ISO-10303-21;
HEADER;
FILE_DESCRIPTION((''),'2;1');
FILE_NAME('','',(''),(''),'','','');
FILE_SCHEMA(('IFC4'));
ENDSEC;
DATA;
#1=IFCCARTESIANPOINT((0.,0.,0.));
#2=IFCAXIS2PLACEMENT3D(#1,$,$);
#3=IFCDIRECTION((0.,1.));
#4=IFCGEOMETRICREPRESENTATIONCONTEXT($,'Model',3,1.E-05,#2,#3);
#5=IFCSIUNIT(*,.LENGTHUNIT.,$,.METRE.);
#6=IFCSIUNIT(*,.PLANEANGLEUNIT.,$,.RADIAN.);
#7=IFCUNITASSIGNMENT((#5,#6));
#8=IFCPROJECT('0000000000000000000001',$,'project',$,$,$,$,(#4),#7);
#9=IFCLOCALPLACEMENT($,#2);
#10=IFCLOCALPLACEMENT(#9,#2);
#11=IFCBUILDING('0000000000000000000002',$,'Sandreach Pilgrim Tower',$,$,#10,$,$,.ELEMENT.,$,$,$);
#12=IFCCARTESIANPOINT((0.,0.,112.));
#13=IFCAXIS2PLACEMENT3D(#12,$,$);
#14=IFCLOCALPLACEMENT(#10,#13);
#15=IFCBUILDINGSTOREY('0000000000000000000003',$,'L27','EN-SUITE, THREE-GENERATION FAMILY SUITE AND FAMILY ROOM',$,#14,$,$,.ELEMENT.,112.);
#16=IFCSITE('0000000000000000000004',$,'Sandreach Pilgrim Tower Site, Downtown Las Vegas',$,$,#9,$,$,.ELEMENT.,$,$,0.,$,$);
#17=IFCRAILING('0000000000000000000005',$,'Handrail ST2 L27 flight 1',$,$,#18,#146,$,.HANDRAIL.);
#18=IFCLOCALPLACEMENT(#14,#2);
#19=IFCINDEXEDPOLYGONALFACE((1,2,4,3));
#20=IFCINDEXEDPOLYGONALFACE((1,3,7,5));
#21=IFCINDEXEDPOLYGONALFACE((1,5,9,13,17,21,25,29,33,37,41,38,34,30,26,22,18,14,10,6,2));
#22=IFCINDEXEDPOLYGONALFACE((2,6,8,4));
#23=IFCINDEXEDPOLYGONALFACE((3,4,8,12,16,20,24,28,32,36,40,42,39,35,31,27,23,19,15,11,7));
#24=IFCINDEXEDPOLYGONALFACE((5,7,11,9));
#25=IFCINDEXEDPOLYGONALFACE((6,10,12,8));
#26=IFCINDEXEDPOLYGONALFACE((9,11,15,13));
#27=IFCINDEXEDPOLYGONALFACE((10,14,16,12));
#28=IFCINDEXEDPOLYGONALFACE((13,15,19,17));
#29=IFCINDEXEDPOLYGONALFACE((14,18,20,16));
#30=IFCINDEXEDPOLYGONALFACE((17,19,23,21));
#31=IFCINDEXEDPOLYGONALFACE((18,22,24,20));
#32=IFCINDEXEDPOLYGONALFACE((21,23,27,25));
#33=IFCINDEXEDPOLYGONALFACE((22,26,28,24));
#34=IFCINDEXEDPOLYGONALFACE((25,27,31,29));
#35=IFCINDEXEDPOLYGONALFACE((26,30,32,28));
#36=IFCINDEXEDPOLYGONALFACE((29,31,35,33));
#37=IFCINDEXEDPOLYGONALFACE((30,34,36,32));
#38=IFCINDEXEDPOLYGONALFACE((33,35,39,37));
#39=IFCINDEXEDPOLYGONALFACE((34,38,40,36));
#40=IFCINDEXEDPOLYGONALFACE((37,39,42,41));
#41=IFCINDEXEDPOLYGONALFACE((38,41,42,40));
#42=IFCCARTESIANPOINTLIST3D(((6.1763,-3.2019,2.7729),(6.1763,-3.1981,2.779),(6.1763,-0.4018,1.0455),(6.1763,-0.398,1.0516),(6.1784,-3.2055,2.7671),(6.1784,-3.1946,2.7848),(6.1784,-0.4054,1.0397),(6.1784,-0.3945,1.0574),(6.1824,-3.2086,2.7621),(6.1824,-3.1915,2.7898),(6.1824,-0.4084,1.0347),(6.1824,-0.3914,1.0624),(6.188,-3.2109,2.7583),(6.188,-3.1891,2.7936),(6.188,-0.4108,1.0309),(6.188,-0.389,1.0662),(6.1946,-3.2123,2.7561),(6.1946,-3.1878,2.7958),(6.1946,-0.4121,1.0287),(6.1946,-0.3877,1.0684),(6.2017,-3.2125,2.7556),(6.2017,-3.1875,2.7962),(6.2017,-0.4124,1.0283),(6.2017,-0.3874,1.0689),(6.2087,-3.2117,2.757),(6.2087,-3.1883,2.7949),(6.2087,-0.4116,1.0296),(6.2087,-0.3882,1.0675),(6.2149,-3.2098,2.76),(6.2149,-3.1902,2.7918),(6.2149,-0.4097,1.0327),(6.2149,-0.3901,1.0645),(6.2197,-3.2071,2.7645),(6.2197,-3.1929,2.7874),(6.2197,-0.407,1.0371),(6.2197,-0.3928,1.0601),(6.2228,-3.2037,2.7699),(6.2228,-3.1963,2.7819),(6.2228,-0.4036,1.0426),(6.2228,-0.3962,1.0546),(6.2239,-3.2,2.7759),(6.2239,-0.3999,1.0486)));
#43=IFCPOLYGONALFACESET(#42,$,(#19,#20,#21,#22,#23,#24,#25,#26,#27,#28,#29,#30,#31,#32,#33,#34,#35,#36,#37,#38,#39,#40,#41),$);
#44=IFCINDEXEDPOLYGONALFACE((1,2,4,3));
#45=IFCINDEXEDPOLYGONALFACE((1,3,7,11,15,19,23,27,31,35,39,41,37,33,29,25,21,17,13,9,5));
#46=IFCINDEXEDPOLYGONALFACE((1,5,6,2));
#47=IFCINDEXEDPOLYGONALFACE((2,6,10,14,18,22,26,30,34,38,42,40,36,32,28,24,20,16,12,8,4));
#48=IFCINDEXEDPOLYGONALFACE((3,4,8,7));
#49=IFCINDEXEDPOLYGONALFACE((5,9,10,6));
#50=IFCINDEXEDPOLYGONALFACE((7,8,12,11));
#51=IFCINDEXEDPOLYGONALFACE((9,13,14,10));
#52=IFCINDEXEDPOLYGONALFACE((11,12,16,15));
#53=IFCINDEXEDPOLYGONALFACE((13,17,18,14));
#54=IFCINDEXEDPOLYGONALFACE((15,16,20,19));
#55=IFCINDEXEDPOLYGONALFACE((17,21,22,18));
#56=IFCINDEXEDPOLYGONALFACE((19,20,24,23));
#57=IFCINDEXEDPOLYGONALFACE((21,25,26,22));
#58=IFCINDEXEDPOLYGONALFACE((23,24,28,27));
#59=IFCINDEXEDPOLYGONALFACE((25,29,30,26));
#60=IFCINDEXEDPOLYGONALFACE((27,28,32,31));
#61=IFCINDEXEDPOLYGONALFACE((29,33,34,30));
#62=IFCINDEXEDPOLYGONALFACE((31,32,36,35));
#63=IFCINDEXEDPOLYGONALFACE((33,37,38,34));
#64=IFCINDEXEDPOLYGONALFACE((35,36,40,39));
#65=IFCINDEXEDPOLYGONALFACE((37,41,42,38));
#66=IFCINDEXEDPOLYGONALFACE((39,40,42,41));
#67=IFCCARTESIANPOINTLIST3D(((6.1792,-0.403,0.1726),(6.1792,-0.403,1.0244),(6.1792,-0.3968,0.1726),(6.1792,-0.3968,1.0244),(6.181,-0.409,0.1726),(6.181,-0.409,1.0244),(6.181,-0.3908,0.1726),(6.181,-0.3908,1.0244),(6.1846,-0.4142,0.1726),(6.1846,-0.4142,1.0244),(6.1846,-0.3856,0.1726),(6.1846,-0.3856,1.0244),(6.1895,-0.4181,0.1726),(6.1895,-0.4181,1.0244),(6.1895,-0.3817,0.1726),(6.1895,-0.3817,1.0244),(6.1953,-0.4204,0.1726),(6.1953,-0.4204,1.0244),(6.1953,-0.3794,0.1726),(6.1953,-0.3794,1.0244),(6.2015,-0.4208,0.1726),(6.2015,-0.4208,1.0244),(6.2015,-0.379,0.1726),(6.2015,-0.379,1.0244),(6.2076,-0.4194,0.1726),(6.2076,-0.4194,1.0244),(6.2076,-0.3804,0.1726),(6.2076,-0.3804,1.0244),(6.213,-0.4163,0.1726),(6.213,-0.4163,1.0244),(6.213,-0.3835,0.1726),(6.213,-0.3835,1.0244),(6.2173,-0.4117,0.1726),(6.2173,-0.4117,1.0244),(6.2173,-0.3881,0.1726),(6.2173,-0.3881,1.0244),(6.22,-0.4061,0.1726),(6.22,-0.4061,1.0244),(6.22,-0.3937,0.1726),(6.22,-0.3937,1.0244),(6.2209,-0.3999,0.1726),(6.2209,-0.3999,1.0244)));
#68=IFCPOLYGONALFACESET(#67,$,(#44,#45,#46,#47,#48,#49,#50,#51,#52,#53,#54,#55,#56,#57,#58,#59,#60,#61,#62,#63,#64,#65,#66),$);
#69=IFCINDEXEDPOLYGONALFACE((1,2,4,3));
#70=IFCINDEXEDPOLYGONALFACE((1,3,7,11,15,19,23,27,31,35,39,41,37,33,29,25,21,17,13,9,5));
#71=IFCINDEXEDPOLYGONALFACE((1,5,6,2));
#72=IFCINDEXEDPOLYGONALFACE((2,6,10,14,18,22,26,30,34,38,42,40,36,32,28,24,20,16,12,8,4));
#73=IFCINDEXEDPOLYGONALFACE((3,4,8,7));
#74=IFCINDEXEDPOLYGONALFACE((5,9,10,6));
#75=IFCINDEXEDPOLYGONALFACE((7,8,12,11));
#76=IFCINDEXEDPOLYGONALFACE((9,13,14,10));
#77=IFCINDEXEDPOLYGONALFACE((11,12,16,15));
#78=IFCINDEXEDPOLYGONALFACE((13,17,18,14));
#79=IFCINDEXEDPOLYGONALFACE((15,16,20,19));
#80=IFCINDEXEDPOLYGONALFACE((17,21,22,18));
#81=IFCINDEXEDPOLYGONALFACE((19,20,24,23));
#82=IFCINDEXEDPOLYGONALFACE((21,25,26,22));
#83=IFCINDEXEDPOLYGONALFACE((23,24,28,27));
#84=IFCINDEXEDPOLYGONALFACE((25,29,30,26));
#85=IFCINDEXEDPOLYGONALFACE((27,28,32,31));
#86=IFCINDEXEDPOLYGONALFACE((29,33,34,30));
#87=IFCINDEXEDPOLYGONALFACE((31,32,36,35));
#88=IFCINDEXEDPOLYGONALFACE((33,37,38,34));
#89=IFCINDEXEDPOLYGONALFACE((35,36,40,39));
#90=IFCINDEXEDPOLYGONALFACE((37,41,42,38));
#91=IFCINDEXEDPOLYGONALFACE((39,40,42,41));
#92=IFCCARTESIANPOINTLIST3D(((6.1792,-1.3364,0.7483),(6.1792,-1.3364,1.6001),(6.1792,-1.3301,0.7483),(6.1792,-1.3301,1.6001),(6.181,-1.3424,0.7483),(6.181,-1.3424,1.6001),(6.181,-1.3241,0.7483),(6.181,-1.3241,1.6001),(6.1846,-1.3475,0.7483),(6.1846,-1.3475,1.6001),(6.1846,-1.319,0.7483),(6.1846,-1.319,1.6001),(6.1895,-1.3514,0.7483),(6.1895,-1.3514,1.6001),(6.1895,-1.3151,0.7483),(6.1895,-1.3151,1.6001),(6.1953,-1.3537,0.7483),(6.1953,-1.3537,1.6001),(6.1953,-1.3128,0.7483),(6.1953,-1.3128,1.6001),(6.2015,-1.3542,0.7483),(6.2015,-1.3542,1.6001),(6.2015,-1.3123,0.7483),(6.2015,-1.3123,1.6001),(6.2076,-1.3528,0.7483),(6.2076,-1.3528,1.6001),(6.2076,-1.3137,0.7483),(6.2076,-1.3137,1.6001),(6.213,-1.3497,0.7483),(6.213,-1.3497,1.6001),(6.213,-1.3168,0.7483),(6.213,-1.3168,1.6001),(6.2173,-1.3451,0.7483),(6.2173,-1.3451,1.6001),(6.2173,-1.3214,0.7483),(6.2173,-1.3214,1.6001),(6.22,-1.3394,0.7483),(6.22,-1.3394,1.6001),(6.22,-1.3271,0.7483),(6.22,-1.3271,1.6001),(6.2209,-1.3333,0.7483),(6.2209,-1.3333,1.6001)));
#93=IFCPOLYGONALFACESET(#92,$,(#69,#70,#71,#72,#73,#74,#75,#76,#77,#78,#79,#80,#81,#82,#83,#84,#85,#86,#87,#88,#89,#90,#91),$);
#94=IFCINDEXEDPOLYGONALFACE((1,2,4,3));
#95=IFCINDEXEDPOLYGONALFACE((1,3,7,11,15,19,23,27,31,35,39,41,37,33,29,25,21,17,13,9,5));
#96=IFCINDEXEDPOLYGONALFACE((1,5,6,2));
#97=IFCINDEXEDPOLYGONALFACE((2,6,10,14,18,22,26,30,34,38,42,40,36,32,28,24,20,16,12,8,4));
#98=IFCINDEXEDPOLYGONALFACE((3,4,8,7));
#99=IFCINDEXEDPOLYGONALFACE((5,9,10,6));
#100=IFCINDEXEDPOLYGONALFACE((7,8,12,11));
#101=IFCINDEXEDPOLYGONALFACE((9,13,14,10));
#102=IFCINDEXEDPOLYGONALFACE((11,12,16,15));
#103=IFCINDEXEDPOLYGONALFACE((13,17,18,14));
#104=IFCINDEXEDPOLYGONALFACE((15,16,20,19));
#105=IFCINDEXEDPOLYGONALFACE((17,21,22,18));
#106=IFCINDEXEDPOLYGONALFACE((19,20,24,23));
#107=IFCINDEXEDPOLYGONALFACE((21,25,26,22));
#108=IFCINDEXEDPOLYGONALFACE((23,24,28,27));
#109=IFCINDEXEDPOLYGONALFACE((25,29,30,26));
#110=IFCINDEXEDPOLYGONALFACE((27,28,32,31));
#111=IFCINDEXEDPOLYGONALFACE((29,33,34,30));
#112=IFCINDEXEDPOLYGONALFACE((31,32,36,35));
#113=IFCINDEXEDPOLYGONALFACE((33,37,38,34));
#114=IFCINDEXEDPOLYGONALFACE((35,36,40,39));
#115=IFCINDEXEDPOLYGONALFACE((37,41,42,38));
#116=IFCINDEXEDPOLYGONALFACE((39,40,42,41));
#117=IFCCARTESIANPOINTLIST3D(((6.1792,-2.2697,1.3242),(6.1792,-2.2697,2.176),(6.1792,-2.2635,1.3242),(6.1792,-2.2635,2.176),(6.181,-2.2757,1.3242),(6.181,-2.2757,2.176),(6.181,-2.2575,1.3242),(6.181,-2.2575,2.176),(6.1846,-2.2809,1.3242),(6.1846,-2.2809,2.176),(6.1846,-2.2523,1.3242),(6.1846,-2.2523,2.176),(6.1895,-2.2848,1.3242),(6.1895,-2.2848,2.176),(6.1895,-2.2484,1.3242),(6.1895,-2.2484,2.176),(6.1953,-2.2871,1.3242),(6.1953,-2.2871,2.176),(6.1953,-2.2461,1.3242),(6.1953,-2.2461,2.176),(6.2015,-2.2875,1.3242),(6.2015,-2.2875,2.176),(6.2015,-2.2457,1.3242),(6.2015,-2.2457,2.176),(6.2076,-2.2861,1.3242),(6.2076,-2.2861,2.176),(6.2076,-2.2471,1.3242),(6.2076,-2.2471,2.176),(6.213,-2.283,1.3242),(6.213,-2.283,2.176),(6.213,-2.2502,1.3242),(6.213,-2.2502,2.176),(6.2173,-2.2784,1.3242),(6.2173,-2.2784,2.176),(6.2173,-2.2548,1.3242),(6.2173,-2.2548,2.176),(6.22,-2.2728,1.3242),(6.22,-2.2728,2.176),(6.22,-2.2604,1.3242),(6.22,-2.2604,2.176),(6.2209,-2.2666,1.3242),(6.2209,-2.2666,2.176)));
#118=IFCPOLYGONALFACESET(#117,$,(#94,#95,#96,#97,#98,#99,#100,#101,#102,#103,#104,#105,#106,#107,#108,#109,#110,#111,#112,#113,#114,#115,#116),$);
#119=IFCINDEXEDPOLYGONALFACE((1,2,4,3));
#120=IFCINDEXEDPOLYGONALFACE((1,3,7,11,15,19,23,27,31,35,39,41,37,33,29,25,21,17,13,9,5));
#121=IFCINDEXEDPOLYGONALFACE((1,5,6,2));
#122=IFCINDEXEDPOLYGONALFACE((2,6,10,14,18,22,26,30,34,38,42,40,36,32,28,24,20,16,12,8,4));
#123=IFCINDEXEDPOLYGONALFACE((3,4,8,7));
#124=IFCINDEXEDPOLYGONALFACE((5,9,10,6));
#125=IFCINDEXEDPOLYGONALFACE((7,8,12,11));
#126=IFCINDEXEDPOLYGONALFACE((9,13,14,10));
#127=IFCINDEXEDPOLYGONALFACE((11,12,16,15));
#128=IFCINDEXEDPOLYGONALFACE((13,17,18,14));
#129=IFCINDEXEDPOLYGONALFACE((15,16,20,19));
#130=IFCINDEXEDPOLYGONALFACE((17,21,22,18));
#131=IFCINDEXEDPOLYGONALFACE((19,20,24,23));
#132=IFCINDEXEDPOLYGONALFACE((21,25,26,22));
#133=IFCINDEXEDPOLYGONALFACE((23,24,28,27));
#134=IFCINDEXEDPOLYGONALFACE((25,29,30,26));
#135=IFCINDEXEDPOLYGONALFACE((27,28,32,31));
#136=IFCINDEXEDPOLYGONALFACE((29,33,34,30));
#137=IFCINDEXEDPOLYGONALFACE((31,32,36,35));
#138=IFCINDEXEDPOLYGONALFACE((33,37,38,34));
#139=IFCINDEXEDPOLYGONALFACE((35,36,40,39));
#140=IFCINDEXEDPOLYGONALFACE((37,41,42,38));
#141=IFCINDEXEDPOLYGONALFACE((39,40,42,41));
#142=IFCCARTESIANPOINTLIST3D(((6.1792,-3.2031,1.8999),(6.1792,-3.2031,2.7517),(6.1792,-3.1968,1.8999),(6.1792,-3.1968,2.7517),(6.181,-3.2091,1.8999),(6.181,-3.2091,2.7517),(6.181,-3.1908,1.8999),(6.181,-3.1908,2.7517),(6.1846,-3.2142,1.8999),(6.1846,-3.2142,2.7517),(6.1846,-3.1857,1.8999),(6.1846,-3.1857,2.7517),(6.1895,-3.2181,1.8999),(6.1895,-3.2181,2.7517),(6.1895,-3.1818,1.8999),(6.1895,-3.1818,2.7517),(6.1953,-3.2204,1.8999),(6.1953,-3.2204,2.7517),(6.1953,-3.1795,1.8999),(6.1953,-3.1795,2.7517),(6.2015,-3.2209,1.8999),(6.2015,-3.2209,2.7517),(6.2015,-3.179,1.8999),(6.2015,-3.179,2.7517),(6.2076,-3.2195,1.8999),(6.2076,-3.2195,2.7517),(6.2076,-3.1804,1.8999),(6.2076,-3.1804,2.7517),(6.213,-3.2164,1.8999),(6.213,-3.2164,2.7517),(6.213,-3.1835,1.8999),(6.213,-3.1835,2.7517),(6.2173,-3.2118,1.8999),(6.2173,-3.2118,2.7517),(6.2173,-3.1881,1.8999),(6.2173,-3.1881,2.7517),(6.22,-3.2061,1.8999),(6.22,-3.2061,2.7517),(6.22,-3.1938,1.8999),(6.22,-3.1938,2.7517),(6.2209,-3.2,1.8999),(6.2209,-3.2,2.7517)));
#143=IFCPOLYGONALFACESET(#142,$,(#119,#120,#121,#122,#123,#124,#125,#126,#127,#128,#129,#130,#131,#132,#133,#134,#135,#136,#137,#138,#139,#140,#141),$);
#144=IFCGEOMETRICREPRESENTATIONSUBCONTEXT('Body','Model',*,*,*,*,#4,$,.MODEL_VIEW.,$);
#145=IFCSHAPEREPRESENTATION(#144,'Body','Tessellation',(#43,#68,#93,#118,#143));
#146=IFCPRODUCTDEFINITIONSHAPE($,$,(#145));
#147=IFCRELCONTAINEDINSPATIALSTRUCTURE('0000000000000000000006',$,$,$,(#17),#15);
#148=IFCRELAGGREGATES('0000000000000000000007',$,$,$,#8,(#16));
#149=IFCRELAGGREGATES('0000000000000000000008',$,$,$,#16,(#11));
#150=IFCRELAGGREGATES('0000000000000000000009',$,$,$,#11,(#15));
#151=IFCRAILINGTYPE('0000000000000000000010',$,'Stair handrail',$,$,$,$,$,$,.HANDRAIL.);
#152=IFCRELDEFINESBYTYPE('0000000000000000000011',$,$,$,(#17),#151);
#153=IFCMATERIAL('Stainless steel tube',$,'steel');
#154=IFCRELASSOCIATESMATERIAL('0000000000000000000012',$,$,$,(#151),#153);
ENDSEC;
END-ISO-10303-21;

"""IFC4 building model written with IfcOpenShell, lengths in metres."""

from ifc_helpers import new_model, si_unit, direction, frame, origin, origin_2d, place, context, subcontext, project, spatial, circle, extrude, material, type_object, element, save


model = new_model("IFC4")

# Units and contexts
model_context = context("Model", 3, precision=1e-05, world=origin(), true_north=direction((0.0, 1.0)))
body_context = subcontext(model_context, "Body", "Model", "MODEL_VIEW")
ifc_project = project(units=[si_unit("LENGTHUNIT", "METRE"), si_unit("PLANEANGLEUNIT", "RADIAN")], contexts=[model_context])

# Site, building, storey
site_placement = place(None, origin())
site = spatial("IfcSite", under=ifc_project, at=site_placement, Name="Sandreach Pilgrim Tower Site, Downtown Las Vegas", CompositionType="ELEMENT", RefElevation=0.0)
building_placement = place(site_placement, origin())
building = spatial("IfcBuilding", under=site, at=building_placement, Name="Sandreach Pilgrim Tower", CompositionType="ELEMENT")
storey_placement = place(building_placement, frame((0.0, 0.0, 112.0)))
storey = spatial("IfcBuildingStorey", under=building, at=storey_placement, Name="L27", Description="EN-SUITE, THREE-GENERATION FAMILY SUITE AND FAMILY ROOM", CompositionType="ELEMENT", Elevation=112.0)

# Railing
ifc_material_1 = material(Name="Stainless steel tube", Category="steel")
railing_type = type_object("IfcRailingType", Name="Stair handrail", PredefinedType="HANDRAIL", material=ifc_material_1)
for number, where, name in (
    (1, (6.2, -0.3999, 0.1726), "Handrail ST2 L27 flight 1"),
):
    element("IfcRailing", number, at=place(storey_placement, frame(where)), inside=storey, type_object=railing_type, Name=name, PredefinedType="HANDRAIL", context=body_context, shape_type="SweptSolid", body=[
        extrude(circle(Radius=0.0239, at=origin_2d()), frame((0.0, 0.0, 0.876), z_axis=(0.0, -0.85109, 0.52502), x_axis=(1.0, 0.0, 0.0)), (0.0, 0.0, 1.0), 3.29),
        extrude(circle(Radius=0.021, at=origin_2d()), origin(), (0.0, 0.0, 1.0), 0.8518),
        extrude(circle(Radius=0.021, at=origin_2d()), frame((0.0, -0.9333, 0.5757)), (0.0, 0.0, 1.0), 0.8518),
        extrude(circle(Radius=0.021, at=origin_2d()), frame((0.0, -1.8667, 1.1516)), (0.0, 0.0, 1.0), 0.8518),
        extrude(circle(Radius=0.021, at=origin_2d()), frame((0.0, -2.8, 1.7273)), (0.0, 0.0, 1.0), 0.8518),
    ])

save(model, "model.ifc")
